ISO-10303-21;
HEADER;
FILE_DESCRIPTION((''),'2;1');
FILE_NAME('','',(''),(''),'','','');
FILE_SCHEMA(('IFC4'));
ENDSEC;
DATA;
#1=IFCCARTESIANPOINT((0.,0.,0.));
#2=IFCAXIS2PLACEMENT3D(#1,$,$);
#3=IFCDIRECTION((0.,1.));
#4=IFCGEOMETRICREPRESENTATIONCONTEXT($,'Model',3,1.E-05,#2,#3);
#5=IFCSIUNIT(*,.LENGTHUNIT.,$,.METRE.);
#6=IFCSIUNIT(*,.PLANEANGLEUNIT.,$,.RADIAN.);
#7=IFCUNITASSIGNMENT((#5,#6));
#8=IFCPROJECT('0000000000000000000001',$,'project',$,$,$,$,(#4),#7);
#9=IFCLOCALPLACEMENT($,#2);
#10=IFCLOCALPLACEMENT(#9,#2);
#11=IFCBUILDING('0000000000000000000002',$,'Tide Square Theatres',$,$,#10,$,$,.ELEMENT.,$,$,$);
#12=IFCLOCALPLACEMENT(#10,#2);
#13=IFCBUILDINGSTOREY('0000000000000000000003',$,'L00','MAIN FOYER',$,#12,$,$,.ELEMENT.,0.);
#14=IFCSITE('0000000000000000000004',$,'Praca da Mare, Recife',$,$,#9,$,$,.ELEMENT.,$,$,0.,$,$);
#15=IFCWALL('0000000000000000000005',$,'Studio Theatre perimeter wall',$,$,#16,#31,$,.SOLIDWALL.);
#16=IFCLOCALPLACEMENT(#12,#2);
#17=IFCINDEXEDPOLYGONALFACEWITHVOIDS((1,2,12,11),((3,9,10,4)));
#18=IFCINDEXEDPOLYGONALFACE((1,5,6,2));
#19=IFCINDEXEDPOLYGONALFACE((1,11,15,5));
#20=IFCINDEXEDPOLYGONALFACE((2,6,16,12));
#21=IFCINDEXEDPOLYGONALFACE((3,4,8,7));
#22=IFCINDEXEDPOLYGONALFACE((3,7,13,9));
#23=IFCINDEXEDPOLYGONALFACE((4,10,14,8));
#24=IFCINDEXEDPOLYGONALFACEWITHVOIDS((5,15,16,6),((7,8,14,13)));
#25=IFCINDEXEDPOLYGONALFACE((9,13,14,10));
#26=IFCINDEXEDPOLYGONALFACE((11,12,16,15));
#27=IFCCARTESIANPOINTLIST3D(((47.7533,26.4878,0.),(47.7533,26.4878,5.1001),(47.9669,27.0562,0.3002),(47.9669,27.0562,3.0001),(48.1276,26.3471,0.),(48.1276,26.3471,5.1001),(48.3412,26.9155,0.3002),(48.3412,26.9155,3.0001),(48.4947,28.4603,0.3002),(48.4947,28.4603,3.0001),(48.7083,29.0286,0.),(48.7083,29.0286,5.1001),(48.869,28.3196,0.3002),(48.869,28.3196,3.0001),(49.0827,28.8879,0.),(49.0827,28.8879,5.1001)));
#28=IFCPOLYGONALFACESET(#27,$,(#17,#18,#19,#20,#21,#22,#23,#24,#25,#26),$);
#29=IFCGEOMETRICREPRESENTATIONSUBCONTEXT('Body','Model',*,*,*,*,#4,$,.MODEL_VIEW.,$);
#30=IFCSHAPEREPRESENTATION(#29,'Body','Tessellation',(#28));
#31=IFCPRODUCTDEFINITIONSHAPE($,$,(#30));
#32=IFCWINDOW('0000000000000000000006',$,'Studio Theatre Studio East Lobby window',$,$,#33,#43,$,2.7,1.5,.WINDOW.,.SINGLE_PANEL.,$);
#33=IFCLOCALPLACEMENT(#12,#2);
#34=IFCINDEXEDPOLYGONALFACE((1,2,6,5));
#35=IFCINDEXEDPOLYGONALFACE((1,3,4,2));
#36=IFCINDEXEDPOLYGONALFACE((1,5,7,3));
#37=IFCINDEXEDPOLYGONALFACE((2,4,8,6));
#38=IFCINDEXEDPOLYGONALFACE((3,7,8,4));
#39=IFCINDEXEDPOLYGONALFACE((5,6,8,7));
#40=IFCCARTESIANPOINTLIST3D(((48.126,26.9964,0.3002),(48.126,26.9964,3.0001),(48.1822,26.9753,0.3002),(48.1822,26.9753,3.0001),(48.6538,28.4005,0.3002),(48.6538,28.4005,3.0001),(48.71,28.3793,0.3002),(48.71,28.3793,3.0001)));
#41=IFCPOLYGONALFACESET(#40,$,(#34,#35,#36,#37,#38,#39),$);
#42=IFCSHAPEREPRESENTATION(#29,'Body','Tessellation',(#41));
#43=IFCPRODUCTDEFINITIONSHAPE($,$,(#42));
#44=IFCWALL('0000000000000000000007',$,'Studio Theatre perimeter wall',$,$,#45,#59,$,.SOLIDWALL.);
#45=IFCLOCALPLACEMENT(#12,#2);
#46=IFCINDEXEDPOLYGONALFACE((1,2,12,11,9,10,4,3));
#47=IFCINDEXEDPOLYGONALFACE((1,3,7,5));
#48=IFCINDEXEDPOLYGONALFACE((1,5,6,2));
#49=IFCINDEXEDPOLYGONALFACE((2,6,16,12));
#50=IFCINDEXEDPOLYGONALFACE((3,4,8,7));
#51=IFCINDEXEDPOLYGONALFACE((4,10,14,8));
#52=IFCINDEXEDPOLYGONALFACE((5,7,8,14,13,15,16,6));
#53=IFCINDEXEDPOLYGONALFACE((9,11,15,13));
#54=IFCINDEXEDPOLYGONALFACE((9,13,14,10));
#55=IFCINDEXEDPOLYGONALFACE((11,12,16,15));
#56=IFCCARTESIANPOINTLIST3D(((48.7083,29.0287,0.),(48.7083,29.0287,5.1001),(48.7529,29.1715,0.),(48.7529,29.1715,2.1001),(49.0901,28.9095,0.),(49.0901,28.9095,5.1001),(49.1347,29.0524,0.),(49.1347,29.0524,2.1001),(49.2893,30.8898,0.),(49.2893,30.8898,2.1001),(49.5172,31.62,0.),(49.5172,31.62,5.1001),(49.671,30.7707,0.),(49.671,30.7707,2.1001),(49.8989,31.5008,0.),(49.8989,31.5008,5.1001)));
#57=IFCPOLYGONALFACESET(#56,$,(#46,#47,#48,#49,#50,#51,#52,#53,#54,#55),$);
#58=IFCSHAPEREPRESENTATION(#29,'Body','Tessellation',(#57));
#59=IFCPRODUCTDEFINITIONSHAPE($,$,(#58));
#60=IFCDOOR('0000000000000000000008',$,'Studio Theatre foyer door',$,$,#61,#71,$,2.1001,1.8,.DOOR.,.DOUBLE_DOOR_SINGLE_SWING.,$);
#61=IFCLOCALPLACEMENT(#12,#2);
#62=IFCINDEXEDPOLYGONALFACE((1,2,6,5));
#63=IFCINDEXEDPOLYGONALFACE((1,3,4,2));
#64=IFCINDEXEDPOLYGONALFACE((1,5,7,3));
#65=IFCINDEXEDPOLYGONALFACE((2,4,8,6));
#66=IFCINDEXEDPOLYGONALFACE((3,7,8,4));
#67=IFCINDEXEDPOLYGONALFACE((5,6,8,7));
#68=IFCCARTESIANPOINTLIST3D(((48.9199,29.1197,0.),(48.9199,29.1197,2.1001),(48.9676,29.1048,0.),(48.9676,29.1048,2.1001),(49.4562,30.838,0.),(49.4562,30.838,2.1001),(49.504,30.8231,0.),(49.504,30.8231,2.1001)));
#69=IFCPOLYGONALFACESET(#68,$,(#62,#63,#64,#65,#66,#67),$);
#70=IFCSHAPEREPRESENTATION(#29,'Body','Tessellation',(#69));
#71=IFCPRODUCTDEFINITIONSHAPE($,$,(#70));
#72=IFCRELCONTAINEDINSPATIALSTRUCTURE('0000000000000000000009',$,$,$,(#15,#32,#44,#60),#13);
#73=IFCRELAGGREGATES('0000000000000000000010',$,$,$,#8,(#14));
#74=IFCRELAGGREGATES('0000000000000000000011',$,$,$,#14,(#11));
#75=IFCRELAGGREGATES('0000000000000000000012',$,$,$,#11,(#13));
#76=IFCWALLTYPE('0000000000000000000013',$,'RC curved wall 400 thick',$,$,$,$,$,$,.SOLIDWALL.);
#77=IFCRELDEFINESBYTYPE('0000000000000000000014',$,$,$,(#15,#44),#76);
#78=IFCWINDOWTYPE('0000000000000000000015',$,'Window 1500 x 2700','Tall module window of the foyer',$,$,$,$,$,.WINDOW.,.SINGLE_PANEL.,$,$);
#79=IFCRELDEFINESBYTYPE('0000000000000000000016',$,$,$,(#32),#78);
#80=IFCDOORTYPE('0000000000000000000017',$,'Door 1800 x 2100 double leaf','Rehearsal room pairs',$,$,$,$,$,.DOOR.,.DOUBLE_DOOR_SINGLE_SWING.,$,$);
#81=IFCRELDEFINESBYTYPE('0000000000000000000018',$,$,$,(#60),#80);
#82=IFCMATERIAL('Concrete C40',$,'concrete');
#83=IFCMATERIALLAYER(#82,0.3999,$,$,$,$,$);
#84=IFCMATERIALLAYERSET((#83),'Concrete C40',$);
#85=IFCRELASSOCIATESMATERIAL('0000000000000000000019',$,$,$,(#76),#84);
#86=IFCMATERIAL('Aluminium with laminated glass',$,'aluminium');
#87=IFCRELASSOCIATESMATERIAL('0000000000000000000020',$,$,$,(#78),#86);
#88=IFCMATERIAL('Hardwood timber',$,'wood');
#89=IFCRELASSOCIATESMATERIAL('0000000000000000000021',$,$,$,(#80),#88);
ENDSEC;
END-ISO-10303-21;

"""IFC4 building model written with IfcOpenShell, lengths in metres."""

from ifc_helpers import new_model, si_unit, direction, frame, frame_2d, origin, place, context, subcontext, project, spatial, rectangle, extrude, material, layer, layer_set, type_object, element, fill, save


model = new_model("IFC4")

# Units and contexts
model_context = context("Model", 3, precision=1e-05, world=origin(), true_north=direction((0.0, 1.0)))
body_context = subcontext(model_context, "Body", "Model", "MODEL_VIEW")
ifc_project = project(units=[si_unit("LENGTHUNIT", "METRE"), si_unit("PLANEANGLEUNIT", "RADIAN")], contexts=[model_context])

# Site, building, storey
site_placement = place(None, origin())
site = spatial("IfcSite", under=ifc_project, at=site_placement, Name="Praca da Mare, Recife", CompositionType="ELEMENT", RefElevation=0.0)
building_placement = place(site_placement, origin())
building = spatial("IfcBuilding", under=site, at=building_placement, Name="Tide Square Theatres", CompositionType="ELEMENT")
storey_placement = place(building_placement, origin())
storey = spatial("IfcBuildingStorey", under=building, at=storey_placement, Name="L00", Description="MAIN FOYER", CompositionType="ELEMENT", Elevation=0.0)

# Wall, opening, window
ifc_material_1 = material(Name="Concrete C40", Category="concrete")
ifc_layer_1 = layer(ifc_material_1, 0.3999)
ifc_layer_set_1 = layer_set([ifc_layer_1], Name="Concrete C40")
wall_type = type_object("IfcWallType", Name="RC curved wall 400 thick", PredefinedType="SOLIDWALL", material=ifc_layer_set_1)
wall_1_placement = place(storey_placement, frame((47.9404, 26.4175, 0.0), z_axis=(0.0, 0.0, 1.0), x_axis=(0.351863, 0.936052, 0.0)))
wall_1 = element("IfcWall", 1, at=wall_1_placement, inside=storey, type_object=wall_type, Name="Studio Theatre perimeter wall", PredefinedType="SOLIDWALL", context=body_context, shape_type="SweptSolid", body=[
    extrude(rectangle(XDim=2.7144, YDim=0.3999, at=frame_2d((1.3572, 0.0))), origin(), (0.0, 0.0, 1.0), 5.1001),
])
opening_1_placement = place(wall_1_placement, frame((0.6072, 0.0, 0.3)))
opening_1 = element("IfcOpeningElement", 2, at=opening_1_placement, cuts=wall_1, PredefinedType="OPENING", context=body_context, shape_type="SweptSolid", body=[
    extrude(rectangle(XDim=1.5, YDim=2.7, at=frame_2d((0.75, 1.3501))), frame((0.0, 0.21, 0.0), z_axis=(0.0, -1.0, 0.0), x_axis=(1.0, 0.0, 0.0)), (0.0, 0.0, 1.0), 0.4199),
])
ifc_material_2 = material(Name="Aluminium with laminated glass", Category="aluminium")
window_type = type_object("IfcWindowType", Name="Window 1500 x 2700", Description="Tall module window of the foyer", PartitioningType="SINGLE_PANEL", PredefinedType="WINDOW", material=ifc_material_2)
window_placement = place(opening_1_placement, origin())
window = element("IfcWindow", 3, at=window_placement, inside=storey, type_object=window_type, Name="Studio Theatre Studio East Lobby window", OverallHeight=2.7, OverallWidth=1.5, PartitioningType="SINGLE_PANEL", PredefinedType="WINDOW", context=body_context, shape_type="SweptSolid", body=[
    extrude(rectangle(XDim=1.5, YDim=2.7, at=frame_2d((0.75, 1.3501))), frame((0.0, 0.03, 0.0), z_axis=(0.0, -1.0, 0.0), x_axis=(1.0, 0.0, 0.0)), (0.0, 0.0, 1.0), 0.0601),
])
fill(opening_1, window)

# Wall, opening, door
wall_2_placement = place(storey_placement, frame((48.8992, 28.969, 0.0), z_axis=(0.0, 0.0, 1.0), x_axis=(0.297957, 0.954579, 0.0)))
wall_2 = element("IfcWall", 4, at=wall_2_placement, inside=storey, type_object=wall_type, Name="Studio Theatre perimeter wall", PredefinedType="SOLIDWALL", context=body_context, shape_type="SweptSolid", body=[
    extrude(rectangle(XDim=2.7146, YDim=0.3999, at=frame_2d((1.3574, 0.0))), origin(), (0.0, 0.0, 1.0), 5.1001),
])
opening_2_placement = place(wall_2_placement, frame((0.1499, 0.0, 0.0)))
opening_2 = element("IfcOpeningElement", 5, at=opening_2_placement, cuts=wall_2, PredefinedType="OPENING", context=body_context, shape_type="SweptSolid", body=[
    extrude(rectangle(XDim=1.8, YDim=2.1001, at=frame_2d((0.8999, 1.05))), frame((0.0, 0.21, 0.0), z_axis=(0.0, -1.0, 0.0), x_axis=(1.0, 0.0, 0.0)), (0.0, 0.0, 1.0), 0.4199),
])
ifc_material_3 = material(Name="Hardwood timber", Category="wood")
door_type = type_object("IfcDoorType", Name="Door 1800 x 2100 double leaf", Description="Rehearsal room pairs", OperationType="DOUBLE_DOOR_SINGLE_SWING", PredefinedType="DOOR", material=ifc_material_3)
door_placement = place(opening_2_placement, frame((1.8, 0.0, 0.0), z_axis=(0.0, 0.0, 1.0), x_axis=(-1.0, 0.0, 0.0)))
door = element("IfcDoor", 6, at=door_placement, inside=storey, type_object=door_type, Name="Studio Theatre foyer door", OperationType="DOUBLE_DOOR_SINGLE_SWING", OverallHeight=2.1001, OverallWidth=1.8, PredefinedType="DOOR", context=body_context, shape_type="SweptSolid", body=[
    extrude(rectangle(XDim=1.8, YDim=2.1001, at=frame_2d((0.8999, 1.05))), frame((0.0, 0.0249, 0.0), z_axis=(0.0, -1.0, 0.0), x_axis=(1.0, 0.0, 0.0)), (0.0, 0.0, 1.0), 0.05),
])
fill(opening_2, door)

save(model, "model.ifc")
